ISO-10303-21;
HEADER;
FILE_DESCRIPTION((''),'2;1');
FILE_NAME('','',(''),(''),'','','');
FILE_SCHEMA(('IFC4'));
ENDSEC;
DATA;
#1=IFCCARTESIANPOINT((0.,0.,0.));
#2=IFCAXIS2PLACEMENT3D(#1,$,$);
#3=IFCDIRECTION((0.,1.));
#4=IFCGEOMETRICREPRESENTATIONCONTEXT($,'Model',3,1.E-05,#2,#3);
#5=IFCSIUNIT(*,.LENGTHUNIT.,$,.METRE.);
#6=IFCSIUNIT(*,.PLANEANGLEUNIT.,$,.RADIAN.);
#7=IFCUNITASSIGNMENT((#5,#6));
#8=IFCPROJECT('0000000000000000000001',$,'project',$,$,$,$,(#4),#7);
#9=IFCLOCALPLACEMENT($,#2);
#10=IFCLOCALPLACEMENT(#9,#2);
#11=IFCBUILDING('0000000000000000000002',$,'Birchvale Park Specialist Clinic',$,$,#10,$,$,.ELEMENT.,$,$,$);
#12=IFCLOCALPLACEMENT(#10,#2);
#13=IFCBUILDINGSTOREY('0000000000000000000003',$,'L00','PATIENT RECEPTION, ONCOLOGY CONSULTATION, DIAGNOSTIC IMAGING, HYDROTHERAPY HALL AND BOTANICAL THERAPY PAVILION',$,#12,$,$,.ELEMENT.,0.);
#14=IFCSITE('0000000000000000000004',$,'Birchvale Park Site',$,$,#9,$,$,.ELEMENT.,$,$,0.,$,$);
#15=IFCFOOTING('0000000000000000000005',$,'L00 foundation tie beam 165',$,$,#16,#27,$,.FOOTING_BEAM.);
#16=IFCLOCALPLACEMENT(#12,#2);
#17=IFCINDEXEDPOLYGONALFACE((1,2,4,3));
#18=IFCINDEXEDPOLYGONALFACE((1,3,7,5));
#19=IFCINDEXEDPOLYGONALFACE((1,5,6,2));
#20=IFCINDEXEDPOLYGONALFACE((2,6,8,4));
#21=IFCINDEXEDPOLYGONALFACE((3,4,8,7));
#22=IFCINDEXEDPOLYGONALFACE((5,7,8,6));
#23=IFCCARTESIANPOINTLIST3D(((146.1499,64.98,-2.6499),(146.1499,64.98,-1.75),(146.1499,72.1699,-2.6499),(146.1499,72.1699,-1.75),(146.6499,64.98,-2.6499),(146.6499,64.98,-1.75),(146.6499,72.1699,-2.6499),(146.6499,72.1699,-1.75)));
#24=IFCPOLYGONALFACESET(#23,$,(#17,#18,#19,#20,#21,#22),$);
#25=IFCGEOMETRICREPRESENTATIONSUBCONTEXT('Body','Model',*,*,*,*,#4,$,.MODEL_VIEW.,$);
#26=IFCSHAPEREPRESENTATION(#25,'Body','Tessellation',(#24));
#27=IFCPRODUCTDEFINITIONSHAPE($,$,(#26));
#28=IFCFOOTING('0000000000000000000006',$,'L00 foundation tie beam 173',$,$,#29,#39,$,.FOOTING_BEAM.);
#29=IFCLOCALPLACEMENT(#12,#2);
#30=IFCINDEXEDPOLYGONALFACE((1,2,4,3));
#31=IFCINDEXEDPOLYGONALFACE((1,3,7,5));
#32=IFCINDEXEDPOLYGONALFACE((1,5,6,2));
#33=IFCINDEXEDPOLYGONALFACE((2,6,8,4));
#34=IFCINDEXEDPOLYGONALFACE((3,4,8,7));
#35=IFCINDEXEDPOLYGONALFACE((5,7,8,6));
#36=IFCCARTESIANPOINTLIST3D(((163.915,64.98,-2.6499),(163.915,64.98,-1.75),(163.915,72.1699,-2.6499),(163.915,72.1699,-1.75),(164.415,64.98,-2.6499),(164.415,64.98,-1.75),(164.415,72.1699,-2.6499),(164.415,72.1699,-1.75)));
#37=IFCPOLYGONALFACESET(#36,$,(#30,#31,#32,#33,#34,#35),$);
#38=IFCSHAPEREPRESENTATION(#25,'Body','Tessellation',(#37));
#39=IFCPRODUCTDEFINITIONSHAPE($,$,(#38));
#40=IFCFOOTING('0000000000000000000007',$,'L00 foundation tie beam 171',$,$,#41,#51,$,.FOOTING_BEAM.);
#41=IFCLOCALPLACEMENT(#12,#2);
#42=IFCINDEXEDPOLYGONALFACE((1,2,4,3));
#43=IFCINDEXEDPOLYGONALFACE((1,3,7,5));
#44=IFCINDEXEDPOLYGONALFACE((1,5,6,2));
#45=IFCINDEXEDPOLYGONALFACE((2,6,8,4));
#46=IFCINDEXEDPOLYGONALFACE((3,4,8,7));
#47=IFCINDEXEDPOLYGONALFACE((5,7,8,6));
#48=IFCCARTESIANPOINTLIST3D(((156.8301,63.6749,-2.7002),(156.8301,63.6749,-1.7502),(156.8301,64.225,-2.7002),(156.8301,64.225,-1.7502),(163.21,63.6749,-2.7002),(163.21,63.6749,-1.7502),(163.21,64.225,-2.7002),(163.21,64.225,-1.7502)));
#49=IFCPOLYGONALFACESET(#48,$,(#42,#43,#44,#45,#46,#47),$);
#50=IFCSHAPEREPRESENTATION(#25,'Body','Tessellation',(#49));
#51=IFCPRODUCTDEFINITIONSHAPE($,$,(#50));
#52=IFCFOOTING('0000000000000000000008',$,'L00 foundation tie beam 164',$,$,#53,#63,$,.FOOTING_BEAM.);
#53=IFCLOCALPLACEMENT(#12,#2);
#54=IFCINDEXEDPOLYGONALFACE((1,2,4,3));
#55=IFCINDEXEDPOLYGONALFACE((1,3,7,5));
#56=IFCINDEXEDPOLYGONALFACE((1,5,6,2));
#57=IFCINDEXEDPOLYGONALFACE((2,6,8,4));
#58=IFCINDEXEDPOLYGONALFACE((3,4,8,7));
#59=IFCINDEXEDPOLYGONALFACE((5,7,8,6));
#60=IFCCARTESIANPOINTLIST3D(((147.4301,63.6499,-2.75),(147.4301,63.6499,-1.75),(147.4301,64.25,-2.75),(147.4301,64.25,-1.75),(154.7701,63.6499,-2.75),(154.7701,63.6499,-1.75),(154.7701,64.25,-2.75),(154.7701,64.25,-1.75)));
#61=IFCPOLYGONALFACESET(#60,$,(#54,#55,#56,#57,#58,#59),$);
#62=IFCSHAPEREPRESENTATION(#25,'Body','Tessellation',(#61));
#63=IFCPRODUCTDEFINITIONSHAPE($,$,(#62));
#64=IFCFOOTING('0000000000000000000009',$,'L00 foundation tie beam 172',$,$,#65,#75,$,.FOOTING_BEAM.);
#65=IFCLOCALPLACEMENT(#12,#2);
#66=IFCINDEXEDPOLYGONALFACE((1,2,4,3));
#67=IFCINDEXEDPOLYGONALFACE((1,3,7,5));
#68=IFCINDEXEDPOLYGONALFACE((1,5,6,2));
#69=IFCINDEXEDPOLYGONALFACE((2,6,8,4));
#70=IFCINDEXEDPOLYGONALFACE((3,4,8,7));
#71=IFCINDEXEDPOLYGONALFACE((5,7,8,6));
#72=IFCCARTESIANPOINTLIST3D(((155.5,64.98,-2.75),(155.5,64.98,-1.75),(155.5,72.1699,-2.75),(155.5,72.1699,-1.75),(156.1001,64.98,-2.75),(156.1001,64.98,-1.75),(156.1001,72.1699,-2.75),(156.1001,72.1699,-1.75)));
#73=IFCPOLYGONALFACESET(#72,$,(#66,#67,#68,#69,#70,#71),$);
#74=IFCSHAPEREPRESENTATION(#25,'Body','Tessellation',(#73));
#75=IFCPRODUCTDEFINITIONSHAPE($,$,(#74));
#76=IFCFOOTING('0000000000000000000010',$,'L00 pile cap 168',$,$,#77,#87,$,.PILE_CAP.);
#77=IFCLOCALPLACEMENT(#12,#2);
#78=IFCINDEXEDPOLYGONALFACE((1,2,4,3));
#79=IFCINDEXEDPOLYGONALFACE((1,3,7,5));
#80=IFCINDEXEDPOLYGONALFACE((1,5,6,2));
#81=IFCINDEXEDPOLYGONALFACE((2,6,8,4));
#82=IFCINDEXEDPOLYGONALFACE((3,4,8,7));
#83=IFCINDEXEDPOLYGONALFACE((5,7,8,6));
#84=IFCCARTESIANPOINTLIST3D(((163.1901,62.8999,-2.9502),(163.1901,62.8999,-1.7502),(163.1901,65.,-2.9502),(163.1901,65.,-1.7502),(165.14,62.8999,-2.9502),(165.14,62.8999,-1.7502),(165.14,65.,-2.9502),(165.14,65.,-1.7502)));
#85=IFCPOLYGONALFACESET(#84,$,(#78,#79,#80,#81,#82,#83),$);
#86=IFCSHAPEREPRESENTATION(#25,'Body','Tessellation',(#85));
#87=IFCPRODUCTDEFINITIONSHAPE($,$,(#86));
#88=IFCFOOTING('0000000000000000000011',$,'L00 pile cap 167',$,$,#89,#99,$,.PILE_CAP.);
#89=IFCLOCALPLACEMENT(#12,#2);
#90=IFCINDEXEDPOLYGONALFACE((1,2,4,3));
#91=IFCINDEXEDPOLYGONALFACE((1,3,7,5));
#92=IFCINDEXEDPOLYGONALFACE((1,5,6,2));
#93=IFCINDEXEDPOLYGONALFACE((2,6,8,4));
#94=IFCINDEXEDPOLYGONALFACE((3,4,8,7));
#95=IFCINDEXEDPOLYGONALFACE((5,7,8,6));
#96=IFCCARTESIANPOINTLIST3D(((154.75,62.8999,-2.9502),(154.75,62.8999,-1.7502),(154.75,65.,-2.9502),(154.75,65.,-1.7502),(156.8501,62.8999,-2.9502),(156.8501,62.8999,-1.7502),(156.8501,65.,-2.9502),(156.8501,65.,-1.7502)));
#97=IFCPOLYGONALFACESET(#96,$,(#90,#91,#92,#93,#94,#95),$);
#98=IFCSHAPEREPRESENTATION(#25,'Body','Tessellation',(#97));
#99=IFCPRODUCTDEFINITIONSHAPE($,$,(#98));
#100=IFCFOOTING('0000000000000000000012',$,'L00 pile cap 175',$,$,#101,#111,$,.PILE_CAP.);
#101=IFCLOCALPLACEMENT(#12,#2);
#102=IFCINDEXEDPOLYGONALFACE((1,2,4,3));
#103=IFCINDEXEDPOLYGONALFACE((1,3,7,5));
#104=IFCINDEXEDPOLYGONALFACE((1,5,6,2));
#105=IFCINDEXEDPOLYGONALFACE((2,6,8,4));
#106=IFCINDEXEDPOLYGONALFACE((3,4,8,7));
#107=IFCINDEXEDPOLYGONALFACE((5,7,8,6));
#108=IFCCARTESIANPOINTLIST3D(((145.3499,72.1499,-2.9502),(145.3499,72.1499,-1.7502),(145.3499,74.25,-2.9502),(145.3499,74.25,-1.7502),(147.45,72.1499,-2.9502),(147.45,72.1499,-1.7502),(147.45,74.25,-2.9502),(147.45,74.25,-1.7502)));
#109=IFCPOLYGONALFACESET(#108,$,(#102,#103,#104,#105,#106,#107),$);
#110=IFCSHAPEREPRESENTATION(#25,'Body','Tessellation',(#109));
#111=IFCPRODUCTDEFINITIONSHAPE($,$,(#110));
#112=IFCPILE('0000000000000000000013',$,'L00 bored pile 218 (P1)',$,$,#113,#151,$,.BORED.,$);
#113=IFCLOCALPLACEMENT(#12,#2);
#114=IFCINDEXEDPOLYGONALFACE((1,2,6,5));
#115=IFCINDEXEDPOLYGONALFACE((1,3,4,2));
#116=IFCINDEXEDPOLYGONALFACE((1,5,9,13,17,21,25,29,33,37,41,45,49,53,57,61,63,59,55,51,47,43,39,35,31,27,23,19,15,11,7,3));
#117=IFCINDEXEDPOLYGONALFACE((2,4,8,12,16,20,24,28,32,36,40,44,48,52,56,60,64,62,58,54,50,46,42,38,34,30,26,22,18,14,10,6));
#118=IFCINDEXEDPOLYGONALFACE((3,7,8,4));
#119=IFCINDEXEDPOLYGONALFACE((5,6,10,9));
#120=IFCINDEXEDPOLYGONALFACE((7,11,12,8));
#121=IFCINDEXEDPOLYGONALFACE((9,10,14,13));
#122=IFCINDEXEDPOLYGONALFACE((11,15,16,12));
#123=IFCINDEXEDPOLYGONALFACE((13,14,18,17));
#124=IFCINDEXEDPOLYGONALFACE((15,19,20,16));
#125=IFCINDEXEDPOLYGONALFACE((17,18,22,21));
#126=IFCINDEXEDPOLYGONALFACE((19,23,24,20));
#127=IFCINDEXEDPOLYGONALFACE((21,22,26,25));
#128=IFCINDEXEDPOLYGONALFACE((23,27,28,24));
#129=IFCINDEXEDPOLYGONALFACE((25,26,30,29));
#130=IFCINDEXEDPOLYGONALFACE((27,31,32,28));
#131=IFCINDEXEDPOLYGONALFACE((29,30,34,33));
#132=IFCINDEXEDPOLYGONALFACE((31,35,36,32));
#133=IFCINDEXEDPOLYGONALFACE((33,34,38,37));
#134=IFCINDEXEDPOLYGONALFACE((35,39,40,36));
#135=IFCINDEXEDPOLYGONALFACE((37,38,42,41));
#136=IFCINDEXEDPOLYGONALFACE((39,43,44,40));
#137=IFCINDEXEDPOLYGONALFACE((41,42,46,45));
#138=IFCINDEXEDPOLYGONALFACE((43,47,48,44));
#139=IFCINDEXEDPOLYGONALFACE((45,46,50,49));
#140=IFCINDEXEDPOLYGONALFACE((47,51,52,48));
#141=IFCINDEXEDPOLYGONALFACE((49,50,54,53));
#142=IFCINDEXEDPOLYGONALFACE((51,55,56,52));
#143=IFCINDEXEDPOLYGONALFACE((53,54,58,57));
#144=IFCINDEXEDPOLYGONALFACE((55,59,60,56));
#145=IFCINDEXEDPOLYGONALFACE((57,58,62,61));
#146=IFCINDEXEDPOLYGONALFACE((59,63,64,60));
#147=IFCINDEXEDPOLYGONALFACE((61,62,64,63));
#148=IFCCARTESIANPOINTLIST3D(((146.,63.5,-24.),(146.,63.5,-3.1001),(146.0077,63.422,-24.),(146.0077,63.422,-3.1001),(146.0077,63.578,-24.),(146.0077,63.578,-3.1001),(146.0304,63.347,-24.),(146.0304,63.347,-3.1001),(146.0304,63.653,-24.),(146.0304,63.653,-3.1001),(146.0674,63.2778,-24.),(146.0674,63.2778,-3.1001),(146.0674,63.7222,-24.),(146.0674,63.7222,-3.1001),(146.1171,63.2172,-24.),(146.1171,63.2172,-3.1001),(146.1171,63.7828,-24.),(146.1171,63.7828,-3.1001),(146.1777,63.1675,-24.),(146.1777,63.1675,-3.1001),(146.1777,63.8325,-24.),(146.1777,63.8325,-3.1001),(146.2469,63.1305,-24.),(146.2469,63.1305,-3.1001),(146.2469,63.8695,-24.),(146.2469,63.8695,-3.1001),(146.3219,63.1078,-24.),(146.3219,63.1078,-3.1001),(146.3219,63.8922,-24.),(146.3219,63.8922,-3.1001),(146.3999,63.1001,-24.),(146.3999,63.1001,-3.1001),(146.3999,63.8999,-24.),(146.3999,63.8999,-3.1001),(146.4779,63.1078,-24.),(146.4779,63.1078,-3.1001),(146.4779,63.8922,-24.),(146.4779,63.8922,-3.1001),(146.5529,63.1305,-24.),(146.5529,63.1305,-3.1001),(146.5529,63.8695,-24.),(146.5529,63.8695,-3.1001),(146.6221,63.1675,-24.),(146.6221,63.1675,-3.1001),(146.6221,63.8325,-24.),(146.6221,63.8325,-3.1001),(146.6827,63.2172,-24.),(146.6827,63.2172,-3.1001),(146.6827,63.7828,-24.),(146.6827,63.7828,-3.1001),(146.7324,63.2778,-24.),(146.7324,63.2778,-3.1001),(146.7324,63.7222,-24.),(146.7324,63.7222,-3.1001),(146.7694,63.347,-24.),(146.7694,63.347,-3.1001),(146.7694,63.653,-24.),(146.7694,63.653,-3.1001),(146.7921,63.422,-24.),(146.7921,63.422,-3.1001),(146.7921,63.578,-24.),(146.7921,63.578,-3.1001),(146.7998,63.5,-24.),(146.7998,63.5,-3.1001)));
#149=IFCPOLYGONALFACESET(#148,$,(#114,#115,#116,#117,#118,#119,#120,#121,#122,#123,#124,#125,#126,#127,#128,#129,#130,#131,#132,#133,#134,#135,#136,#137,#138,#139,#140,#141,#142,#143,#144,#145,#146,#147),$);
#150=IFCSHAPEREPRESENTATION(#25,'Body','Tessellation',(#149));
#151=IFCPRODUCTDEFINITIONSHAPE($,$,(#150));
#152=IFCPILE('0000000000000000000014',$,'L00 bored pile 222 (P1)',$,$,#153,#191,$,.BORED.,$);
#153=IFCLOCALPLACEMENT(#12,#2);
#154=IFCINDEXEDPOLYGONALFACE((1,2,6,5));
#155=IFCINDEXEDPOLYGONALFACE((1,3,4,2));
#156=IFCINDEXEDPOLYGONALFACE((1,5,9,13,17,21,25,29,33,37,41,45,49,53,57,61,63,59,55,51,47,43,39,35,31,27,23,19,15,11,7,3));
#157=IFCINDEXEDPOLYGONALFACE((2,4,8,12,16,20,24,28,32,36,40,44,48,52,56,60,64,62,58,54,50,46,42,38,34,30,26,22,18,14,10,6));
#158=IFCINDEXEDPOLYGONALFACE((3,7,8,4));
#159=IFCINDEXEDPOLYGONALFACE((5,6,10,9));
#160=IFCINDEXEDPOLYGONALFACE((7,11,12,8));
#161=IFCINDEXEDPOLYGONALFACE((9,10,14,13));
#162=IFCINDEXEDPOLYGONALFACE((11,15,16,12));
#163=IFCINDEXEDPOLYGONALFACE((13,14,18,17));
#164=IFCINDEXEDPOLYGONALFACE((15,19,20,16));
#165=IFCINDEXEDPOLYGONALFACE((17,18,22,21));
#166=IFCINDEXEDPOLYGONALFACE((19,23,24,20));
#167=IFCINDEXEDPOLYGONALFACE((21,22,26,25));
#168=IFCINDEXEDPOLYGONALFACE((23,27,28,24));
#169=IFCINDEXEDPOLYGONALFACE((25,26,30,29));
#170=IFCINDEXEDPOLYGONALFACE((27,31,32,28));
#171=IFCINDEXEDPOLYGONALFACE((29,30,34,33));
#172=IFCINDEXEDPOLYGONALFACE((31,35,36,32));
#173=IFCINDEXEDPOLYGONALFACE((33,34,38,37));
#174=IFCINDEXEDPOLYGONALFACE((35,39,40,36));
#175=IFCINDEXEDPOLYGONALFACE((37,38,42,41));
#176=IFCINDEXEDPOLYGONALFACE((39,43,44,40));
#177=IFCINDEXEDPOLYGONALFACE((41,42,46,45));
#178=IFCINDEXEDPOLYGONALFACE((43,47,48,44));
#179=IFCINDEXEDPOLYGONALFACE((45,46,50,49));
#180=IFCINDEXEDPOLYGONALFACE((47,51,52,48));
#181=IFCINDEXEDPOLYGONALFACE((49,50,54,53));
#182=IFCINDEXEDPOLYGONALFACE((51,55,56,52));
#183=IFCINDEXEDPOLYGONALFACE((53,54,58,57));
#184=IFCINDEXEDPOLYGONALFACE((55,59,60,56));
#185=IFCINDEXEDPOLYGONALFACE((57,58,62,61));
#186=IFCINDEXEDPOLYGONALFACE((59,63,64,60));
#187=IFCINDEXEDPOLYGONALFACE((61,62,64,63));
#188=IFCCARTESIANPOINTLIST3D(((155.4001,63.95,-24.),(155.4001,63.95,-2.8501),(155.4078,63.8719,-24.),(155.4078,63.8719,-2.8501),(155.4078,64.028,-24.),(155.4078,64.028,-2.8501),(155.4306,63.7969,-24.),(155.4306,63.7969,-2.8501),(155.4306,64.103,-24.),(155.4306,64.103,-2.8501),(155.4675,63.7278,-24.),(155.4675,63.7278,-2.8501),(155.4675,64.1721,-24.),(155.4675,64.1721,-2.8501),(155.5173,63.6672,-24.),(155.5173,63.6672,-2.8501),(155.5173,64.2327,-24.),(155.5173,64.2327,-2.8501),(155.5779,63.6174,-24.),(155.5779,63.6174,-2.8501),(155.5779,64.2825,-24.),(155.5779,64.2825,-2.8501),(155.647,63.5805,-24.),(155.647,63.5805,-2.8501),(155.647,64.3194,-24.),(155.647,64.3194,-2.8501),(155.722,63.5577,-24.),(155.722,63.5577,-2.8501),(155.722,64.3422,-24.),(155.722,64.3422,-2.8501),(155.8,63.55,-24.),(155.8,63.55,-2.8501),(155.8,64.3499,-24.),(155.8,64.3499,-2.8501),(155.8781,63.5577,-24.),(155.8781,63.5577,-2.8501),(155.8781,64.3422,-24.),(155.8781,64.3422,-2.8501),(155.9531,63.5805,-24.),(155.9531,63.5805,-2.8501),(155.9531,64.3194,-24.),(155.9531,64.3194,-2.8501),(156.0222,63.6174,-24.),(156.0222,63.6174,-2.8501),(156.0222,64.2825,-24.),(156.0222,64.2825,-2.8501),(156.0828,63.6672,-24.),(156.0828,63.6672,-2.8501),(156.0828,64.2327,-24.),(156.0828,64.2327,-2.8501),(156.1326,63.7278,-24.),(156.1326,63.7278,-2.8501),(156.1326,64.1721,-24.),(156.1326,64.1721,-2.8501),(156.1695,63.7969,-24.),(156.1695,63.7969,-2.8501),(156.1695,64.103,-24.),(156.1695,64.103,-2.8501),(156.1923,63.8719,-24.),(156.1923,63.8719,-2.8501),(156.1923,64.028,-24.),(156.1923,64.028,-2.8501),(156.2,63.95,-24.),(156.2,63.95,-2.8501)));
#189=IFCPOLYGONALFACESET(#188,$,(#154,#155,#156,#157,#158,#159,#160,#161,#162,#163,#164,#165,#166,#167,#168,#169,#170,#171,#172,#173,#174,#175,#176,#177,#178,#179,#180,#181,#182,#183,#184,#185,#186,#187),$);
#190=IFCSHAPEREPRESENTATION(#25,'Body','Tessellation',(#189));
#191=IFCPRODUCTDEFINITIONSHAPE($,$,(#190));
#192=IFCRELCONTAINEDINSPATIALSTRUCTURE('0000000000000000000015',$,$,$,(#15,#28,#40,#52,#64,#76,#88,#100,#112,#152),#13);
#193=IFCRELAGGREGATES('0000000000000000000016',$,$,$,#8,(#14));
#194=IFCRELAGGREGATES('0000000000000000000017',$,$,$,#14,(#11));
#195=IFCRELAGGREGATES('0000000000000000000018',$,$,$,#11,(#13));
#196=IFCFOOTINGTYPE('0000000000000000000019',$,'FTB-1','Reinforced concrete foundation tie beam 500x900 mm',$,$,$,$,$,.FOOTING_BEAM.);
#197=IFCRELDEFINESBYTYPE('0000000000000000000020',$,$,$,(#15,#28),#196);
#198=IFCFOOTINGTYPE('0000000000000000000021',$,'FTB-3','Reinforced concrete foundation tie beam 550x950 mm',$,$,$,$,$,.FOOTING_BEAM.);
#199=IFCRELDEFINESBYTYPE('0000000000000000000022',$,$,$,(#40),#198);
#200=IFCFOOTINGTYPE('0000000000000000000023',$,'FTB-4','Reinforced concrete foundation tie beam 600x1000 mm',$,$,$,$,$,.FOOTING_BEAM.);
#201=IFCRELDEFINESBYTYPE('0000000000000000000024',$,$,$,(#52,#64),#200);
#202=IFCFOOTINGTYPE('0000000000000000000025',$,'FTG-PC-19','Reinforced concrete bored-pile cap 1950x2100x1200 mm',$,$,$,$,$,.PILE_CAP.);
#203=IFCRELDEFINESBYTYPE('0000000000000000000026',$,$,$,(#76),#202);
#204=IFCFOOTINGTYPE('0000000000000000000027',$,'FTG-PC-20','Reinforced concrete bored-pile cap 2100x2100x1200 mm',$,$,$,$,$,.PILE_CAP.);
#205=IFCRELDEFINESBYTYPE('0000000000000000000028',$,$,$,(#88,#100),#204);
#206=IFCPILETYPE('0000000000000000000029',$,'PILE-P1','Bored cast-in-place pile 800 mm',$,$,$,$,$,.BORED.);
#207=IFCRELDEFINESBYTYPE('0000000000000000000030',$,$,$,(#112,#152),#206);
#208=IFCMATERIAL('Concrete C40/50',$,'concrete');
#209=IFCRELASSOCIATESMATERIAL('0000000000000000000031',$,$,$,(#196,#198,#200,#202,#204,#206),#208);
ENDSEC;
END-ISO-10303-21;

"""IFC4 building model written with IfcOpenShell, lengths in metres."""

from ifc_helpers import new_model, si_unit, direction, frame, origin, origin_2d, place, context, subcontext, project, spatial, rectangle, circle, extrude, material, material_profile, profile_set, type_object, element, save


model = new_model("IFC4")

# Units and contexts
model_context = context("Model", 3, precision=1e-05, world=origin(), true_north=direction((0.0, 1.0)))
body_context = subcontext(model_context, "Body", "Model", "MODEL_VIEW")
ifc_project = project(units=[si_unit("LENGTHUNIT", "METRE"), si_unit("PLANEANGLEUNIT", "RADIAN")], contexts=[model_context])

# Site, building, storey
site_placement = place(None, origin())
site = spatial("IfcSite", under=ifc_project, at=site_placement, Name="Birchvale Park Site", CompositionType="ELEMENT", RefElevation=0.0)
building_placement = place(site_placement, origin())
building = spatial("IfcBuilding", under=site, at=building_placement, Name="Birchvale Park Specialist Clinic", CompositionType="ELEMENT")
storey_placement = place(building_placement, origin())
storey = spatial("IfcBuildingStorey", under=building, at=storey_placement, Name="L00", Description="PATIENT RECEPTION, ONCOLOGY CONSULTATION, DIAGNOSTIC IMAGING, HYDROTHERAPY HALL AND BOTANICAL THERAPY PAVILION", CompositionType="ELEMENT", Elevation=0.0)

# Footings
ifc_material_1 = material(Name="Concrete C40/50", Category="concrete")
footing_type_1 = type_object("IfcFootingType", Name="FTB-1", Description="Reinforced concrete foundation tie beam 500x900 mm", PredefinedType="FOOTING_BEAM", material=ifc_material_1)
for number, where, z_axis, x_axis, name in (
    (1, (146.3999, 68.575, -2.6499), (0.0, 0.0, 1.0), (1.0, 0.0, 0.0), "L00 foundation tie beam 165"),
    (2, (164.165, 68.575, -2.6499), (0.0, 0.0, 1.0), (1.0, 0.0, 0.0), "L00 foundation tie beam 173"),
):
    element("IfcFooting", number, at=place(storey_placement, frame(where, z_axis=z_axis, x_axis=x_axis)), inside=storey, type_object=footing_type_1, Name=name, PredefinedType="FOOTING_BEAM", context=body_context, shape_type="SweptSolid", body=[
        extrude(rectangle(XDim=0.5, YDim=7.1899, at=origin_2d()), origin(), (0.0, 0.0, 1.0), 0.8999),
    ])
footing_type_2 = type_object("IfcFootingType", Name="FTB-3", Description="Reinforced concrete foundation tie beam 550x950 mm", PredefinedType="FOOTING_BEAM", material=ifc_material_1)
footing_1_placement = place(storey_placement, frame((160.02, 63.95, -2.7002), z_axis=(0.0, 0.0, 1.0), x_axis=(1.0, 0.0, 0.0)))
element("IfcFooting", 3, at=footing_1_placement, inside=storey, type_object=footing_type_2, Name="L00 foundation tie beam 171", PredefinedType="FOOTING_BEAM", context=body_context, shape_type="SweptSolid", body=[
    extrude(rectangle(XDim=6.3799, YDim=0.55, at=origin_2d()), origin(), (0.0, 0.0, 1.0), 0.95),
])
footing_type_3 = type_object("IfcFootingType", Name="FTB-4", Description="Reinforced concrete foundation tie beam 600x1000 mm", PredefinedType="FOOTING_BEAM", material=ifc_material_1)
footing_2_placement = place(storey_placement, frame((151.1001, 63.95, -2.75), z_axis=(0.0, 0.0, 1.0), x_axis=(1.0, 0.0, 0.0)))
element("IfcFooting", 4, at=footing_2_placement, inside=storey, type_object=footing_type_3, Name="L00 foundation tie beam 164", PredefinedType="FOOTING_BEAM", context=body_context, shape_type="SweptSolid", body=[
    extrude(rectangle(XDim=7.3401, YDim=0.6001, at=origin_2d()), origin(), (0.0, 0.0, 1.0), 1.0),
])
footing_3_placement = place(storey_placement, frame((155.8, 68.575, -2.75), z_axis=(0.0, 0.0, 1.0), x_axis=(1.0, 0.0, 0.0)))
element("IfcFooting", 5, at=footing_3_placement, inside=storey, type_object=footing_type_3, Name="L00 foundation tie beam 172", PredefinedType="FOOTING_BEAM", context=body_context, shape_type="SweptSolid", body=[
    extrude(rectangle(XDim=0.6001, YDim=7.1899, at=origin_2d()), origin(), (0.0, 0.0, 1.0), 1.0),
])
footing_type_4 = type_object("IfcFootingType", Name="FTG-PC-19", Description="Reinforced concrete bored-pile cap 1950x2100x1200 mm", PredefinedType="PILE_CAP", material=ifc_material_1)
footing_4_placement = place(storey_placement, frame((164.165, 63.95, -2.9502), z_axis=(0.0, 0.0, 1.0), x_axis=(1.0, 0.0, 0.0)))
element("IfcFooting", 6, at=footing_4_placement, inside=storey, type_object=footing_type_4, Name="L00 pile cap 168", PredefinedType="PILE_CAP", context=body_context, shape_type="SweptSolid", body=[
    extrude(rectangle(XDim=1.95, YDim=2.1001, at=origin_2d()), origin(), (0.0, 0.0, 1.0), 1.2),
])
footing_type_5 = type_object("IfcFootingType", Name="FTG-PC-20", Description="Reinforced concrete bored-pile cap 2100x2100x1200 mm", PredefinedType="PILE_CAP", material=ifc_material_1)
for number, where, z_axis, x_axis, name in (
    (7, (155.8, 63.95, -2.9502), (0.0, 0.0, 1.0), (1.0, 0.0, 0.0), "L00 pile cap 167"),
    (8, (146.3999, 73.2, -2.9502), (0.0, 0.0, 1.0), (1.0, 0.0, 0.0), "L00 pile cap 175"),
):
    element("IfcFooting", number, at=place(storey_placement, frame(where, z_axis=z_axis, x_axis=x_axis)), inside=storey, type_object=footing_type_5, Name=name, PredefinedType="PILE_CAP", context=body_context, shape_type="SweptSolid", body=[
        extrude(rectangle(XDim=2.1001, YDim=2.1001, at=origin_2d()), origin(), (0.0, 0.0, 1.0), 1.2),
    ])

# Piles
ifc_material_profile_1 = material_profile(ifc_material_1, circle(Radius=0.3999, at=origin_2d()), Name="PILE-800")
ifc_profile_set_1 = profile_set([ifc_material_profile_1], Name="Concrete C40/50")
pile_type_1 = type_object("IfcPileType", Name="PILE-P1", Description="Bored cast-in-place pile 800 mm", PredefinedType="BORED", material=ifc_profile_set_1)
pile_1_placement = place(storey_placement, frame((146.3999, 63.5, -3.1001), z_axis=(0.0, 0.0, -1.0), x_axis=(1.0, 0.0, 0.0)))
element("IfcPile", 9, at=pile_1_placement, inside=storey, type_object=pile_type_1, Name="L00 bored pile 218 (P1)", PredefinedType="BORED", context=body_context, shape_type="SweptSolid", body=[
    extrude(circle(Radius=0.3999, at=origin_2d()), origin(), (0.0, 0.0, 1.0), 20.8999),
])
pile_2_placement = place(storey_placement, frame((155.8, 63.95, -2.8501), z_axis=(0.0, 0.0, -1.0), x_axis=(1.0, 0.0, 0.0)))
element("IfcPile", 10, at=pile_2_placement, inside=storey, type_object=pile_type_1, Name="L00 bored pile 222 (P1)", PredefinedType="BORED", context=body_context, shape_type="SweptSolid", body=[
    extrude(circle(Radius=0.3999, at=origin_2d()), origin(), (0.0, 0.0, 1.0), 21.1499),
])

save(model, "model.ifc")
